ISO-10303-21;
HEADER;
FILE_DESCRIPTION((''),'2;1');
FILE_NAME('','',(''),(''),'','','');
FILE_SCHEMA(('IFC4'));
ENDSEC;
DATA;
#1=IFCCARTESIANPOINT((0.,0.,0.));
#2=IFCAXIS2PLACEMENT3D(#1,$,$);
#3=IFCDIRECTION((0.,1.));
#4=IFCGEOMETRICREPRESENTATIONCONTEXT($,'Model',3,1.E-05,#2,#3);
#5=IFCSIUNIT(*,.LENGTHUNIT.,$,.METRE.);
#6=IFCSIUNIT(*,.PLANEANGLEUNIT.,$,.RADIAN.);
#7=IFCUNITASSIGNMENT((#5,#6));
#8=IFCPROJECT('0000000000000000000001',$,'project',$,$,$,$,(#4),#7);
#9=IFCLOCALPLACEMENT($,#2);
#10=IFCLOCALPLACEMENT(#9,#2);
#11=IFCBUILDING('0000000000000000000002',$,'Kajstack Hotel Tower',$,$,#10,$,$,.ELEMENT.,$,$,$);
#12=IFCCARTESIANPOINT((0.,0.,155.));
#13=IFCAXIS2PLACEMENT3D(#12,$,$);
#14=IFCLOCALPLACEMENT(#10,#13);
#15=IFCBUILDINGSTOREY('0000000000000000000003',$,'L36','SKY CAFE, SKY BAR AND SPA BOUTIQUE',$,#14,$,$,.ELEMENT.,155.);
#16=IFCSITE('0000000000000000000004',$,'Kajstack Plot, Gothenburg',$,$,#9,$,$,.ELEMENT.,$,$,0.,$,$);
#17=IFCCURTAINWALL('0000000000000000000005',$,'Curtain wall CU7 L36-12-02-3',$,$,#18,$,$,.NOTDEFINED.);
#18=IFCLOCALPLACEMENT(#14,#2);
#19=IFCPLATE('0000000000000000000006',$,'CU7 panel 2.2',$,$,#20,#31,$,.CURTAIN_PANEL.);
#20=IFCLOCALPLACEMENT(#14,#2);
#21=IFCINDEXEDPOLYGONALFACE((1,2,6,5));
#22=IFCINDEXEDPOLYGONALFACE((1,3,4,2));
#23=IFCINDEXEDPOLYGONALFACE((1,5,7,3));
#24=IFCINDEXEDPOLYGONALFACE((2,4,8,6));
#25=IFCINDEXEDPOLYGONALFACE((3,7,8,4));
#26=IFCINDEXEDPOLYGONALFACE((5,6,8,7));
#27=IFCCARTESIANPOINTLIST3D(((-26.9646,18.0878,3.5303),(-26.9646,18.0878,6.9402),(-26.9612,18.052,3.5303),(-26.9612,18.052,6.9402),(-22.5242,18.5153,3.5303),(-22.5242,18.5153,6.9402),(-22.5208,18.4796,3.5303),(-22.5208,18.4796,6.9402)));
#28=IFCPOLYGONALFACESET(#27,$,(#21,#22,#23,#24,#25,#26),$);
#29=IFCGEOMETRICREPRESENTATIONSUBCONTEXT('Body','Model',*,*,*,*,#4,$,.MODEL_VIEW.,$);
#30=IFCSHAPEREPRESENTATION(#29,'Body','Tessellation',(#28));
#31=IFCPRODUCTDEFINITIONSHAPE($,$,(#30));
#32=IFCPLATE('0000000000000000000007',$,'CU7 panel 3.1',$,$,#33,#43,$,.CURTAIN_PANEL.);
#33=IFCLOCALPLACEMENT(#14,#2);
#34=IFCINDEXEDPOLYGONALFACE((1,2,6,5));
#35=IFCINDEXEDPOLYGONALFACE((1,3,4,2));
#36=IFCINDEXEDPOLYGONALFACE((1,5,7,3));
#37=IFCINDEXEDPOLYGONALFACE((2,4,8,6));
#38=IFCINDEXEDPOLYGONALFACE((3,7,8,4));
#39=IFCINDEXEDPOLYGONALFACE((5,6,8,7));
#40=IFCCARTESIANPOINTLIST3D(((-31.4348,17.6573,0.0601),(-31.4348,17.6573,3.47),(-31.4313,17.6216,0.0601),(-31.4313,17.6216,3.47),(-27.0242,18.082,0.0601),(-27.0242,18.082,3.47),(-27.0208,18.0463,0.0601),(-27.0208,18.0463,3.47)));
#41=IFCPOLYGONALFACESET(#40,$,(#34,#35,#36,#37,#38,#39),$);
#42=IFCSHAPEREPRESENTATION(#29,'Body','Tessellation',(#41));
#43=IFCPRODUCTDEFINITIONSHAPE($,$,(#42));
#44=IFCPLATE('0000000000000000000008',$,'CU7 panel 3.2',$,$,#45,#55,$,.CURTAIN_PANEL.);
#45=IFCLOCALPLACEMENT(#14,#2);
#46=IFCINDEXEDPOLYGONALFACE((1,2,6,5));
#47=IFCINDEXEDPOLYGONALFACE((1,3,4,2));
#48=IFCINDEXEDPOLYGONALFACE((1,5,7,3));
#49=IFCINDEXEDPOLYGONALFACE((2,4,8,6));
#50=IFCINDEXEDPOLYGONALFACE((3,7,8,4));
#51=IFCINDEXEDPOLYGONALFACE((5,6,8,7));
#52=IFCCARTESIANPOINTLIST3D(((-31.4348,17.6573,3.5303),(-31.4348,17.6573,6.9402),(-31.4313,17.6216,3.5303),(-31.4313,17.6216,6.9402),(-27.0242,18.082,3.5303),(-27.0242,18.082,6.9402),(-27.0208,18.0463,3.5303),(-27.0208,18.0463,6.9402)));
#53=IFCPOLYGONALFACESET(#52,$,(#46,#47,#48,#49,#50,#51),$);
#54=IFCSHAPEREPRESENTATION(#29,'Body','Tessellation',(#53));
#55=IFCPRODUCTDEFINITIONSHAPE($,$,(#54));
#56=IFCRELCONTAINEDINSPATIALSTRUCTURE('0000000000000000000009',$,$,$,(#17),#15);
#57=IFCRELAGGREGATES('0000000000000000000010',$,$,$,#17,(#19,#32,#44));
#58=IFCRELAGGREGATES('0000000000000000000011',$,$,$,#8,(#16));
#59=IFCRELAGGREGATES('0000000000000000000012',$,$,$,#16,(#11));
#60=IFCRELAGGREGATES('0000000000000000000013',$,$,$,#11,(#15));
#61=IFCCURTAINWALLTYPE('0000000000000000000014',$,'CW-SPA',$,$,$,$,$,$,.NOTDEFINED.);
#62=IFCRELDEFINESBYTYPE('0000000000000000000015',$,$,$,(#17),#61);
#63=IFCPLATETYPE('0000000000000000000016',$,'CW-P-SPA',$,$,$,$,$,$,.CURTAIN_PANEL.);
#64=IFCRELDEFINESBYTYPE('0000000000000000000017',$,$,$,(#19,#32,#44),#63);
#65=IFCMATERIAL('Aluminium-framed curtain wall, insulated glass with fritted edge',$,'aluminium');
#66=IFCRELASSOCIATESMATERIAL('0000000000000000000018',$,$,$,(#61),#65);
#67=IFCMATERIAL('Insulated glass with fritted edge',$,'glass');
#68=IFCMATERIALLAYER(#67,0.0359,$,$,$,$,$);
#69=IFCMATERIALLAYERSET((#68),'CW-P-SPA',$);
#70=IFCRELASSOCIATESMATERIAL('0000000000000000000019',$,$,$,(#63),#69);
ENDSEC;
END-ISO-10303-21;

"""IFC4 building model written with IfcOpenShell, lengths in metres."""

from ifc_helpers import new_model, si_unit, direction, frame, origin, origin_2d, place, context, subcontext, project, spatial, rectangle, extrude, material, layer, layer_set, type_object, element, aggregate, save


model = new_model("IFC4")

# Units and contexts
model_context = context("Model", 3, precision=1e-05, world=origin(), true_north=direction((0.0, 1.0)))
body_context = subcontext(model_context, "Body", "Model", "MODEL_VIEW")
ifc_project = project(units=[si_unit("LENGTHUNIT", "METRE"), si_unit("PLANEANGLEUNIT", "RADIAN")], contexts=[model_context])

# Site, building, storey
site_placement = place(None, origin())
site = spatial("IfcSite", under=ifc_project, at=site_placement, Name="Kajstack Plot, Gothenburg", CompositionType="ELEMENT", RefElevation=0.0)
building_placement = place(site_placement, origin())
building = spatial("IfcBuilding", under=site, at=building_placement, Name="Kajstack Hotel Tower", CompositionType="ELEMENT")
storey_placement = place(building_placement, frame((0.0, 0.0, 155.0)))
storey = spatial("IfcBuildingStorey", under=building, at=storey_placement, Name="L36", Description="SKY CAFE, SKY BAR AND SPA BOUTIQUE", CompositionType="ELEMENT", Elevation=155.0)

# Curtain wall
ifc_material_1 = material(Name="Aluminium-framed curtain wall, insulated glass with fritted edge", Category="aluminium")
curtain_wall_type = type_object("IfcCurtainWallType", Name="CW-SPA", PredefinedType="NOTDEFINED", material=ifc_material_1)
curtain_wall_1_placement = place(storey_placement, origin())
curtain_wall_1 = element("IfcCurtainWall", 1, at=curtain_wall_1_placement, inside=storey, type_object=curtain_wall_type, Name="Curtain wall CU7 L36-12-02-3", PredefinedType="NOTDEFINED")

# Plates
ifc_material_2 = material(Name="Insulated glass with fritted edge", Category="glass")
ifc_layer = layer(ifc_material_2, 0.0359)
ifc_layer_set = layer_set([ifc_layer], Name="CW-P-SPA")
plate_type = type_object("IfcPlateType", Name="CW-P-SPA", PredefinedType="CURTAIN_PANEL", material=ifc_layer_set)
plate_1_placement = place(storey_placement, frame((-24.7427, 18.2837, 3.5303), z_axis=(0.0, 0.0, 1.0), x_axis=(-0.995396, -0.095845, 0.0)))
plate_1 = element("IfcPlate", 2, at=plate_1_placement, type_object=plate_type, Name="CU7 panel 2.2", PredefinedType="CURTAIN_PANEL", context=body_context, shape_type="SweptSolid", body=[
    extrude(rectangle(XDim=4.4609, YDim=0.0359, at=origin_2d()), origin(), (0.0, 0.0, 1.0), 3.4099),
])
plate_2_placement = place(storey_placement, frame((-29.2278, 17.8518, 0.0601), z_axis=(0.0, 0.0, 1.0), x_axis=(-0.995396, -0.095845, 0.0)))
plate_2 = element("IfcPlate", 3, at=plate_2_placement, type_object=plate_type, Name="CU7 panel 3.1", PredefinedType="CURTAIN_PANEL", context=body_context, shape_type="SweptSolid", body=[
    extrude(rectangle(XDim=4.4309, YDim=0.0359, at=origin_2d()), origin(), (0.0, 0.0, 1.0), 3.4099),
])
plate_3_placement = place(storey_placement, frame((-29.2278, 17.8518, 3.5303), z_axis=(0.0, 0.0, 1.0), x_axis=(-0.995396, -0.095845, 0.0)))
plate_3 = element("IfcPlate", 4, at=plate_3_placement, type_object=plate_type, Name="CU7 panel 3.2", PredefinedType="CURTAIN_PANEL", context=body_context, shape_type="SweptSolid", body=[
    extrude(rectangle(XDim=4.4309, YDim=0.0359, at=origin_2d()), origin(), (0.0, 0.0, 1.0), 3.4099),
])
aggregate(curtain_wall_1, [plate_1, plate_2, plate_3])

save(model, "model.ifc")
